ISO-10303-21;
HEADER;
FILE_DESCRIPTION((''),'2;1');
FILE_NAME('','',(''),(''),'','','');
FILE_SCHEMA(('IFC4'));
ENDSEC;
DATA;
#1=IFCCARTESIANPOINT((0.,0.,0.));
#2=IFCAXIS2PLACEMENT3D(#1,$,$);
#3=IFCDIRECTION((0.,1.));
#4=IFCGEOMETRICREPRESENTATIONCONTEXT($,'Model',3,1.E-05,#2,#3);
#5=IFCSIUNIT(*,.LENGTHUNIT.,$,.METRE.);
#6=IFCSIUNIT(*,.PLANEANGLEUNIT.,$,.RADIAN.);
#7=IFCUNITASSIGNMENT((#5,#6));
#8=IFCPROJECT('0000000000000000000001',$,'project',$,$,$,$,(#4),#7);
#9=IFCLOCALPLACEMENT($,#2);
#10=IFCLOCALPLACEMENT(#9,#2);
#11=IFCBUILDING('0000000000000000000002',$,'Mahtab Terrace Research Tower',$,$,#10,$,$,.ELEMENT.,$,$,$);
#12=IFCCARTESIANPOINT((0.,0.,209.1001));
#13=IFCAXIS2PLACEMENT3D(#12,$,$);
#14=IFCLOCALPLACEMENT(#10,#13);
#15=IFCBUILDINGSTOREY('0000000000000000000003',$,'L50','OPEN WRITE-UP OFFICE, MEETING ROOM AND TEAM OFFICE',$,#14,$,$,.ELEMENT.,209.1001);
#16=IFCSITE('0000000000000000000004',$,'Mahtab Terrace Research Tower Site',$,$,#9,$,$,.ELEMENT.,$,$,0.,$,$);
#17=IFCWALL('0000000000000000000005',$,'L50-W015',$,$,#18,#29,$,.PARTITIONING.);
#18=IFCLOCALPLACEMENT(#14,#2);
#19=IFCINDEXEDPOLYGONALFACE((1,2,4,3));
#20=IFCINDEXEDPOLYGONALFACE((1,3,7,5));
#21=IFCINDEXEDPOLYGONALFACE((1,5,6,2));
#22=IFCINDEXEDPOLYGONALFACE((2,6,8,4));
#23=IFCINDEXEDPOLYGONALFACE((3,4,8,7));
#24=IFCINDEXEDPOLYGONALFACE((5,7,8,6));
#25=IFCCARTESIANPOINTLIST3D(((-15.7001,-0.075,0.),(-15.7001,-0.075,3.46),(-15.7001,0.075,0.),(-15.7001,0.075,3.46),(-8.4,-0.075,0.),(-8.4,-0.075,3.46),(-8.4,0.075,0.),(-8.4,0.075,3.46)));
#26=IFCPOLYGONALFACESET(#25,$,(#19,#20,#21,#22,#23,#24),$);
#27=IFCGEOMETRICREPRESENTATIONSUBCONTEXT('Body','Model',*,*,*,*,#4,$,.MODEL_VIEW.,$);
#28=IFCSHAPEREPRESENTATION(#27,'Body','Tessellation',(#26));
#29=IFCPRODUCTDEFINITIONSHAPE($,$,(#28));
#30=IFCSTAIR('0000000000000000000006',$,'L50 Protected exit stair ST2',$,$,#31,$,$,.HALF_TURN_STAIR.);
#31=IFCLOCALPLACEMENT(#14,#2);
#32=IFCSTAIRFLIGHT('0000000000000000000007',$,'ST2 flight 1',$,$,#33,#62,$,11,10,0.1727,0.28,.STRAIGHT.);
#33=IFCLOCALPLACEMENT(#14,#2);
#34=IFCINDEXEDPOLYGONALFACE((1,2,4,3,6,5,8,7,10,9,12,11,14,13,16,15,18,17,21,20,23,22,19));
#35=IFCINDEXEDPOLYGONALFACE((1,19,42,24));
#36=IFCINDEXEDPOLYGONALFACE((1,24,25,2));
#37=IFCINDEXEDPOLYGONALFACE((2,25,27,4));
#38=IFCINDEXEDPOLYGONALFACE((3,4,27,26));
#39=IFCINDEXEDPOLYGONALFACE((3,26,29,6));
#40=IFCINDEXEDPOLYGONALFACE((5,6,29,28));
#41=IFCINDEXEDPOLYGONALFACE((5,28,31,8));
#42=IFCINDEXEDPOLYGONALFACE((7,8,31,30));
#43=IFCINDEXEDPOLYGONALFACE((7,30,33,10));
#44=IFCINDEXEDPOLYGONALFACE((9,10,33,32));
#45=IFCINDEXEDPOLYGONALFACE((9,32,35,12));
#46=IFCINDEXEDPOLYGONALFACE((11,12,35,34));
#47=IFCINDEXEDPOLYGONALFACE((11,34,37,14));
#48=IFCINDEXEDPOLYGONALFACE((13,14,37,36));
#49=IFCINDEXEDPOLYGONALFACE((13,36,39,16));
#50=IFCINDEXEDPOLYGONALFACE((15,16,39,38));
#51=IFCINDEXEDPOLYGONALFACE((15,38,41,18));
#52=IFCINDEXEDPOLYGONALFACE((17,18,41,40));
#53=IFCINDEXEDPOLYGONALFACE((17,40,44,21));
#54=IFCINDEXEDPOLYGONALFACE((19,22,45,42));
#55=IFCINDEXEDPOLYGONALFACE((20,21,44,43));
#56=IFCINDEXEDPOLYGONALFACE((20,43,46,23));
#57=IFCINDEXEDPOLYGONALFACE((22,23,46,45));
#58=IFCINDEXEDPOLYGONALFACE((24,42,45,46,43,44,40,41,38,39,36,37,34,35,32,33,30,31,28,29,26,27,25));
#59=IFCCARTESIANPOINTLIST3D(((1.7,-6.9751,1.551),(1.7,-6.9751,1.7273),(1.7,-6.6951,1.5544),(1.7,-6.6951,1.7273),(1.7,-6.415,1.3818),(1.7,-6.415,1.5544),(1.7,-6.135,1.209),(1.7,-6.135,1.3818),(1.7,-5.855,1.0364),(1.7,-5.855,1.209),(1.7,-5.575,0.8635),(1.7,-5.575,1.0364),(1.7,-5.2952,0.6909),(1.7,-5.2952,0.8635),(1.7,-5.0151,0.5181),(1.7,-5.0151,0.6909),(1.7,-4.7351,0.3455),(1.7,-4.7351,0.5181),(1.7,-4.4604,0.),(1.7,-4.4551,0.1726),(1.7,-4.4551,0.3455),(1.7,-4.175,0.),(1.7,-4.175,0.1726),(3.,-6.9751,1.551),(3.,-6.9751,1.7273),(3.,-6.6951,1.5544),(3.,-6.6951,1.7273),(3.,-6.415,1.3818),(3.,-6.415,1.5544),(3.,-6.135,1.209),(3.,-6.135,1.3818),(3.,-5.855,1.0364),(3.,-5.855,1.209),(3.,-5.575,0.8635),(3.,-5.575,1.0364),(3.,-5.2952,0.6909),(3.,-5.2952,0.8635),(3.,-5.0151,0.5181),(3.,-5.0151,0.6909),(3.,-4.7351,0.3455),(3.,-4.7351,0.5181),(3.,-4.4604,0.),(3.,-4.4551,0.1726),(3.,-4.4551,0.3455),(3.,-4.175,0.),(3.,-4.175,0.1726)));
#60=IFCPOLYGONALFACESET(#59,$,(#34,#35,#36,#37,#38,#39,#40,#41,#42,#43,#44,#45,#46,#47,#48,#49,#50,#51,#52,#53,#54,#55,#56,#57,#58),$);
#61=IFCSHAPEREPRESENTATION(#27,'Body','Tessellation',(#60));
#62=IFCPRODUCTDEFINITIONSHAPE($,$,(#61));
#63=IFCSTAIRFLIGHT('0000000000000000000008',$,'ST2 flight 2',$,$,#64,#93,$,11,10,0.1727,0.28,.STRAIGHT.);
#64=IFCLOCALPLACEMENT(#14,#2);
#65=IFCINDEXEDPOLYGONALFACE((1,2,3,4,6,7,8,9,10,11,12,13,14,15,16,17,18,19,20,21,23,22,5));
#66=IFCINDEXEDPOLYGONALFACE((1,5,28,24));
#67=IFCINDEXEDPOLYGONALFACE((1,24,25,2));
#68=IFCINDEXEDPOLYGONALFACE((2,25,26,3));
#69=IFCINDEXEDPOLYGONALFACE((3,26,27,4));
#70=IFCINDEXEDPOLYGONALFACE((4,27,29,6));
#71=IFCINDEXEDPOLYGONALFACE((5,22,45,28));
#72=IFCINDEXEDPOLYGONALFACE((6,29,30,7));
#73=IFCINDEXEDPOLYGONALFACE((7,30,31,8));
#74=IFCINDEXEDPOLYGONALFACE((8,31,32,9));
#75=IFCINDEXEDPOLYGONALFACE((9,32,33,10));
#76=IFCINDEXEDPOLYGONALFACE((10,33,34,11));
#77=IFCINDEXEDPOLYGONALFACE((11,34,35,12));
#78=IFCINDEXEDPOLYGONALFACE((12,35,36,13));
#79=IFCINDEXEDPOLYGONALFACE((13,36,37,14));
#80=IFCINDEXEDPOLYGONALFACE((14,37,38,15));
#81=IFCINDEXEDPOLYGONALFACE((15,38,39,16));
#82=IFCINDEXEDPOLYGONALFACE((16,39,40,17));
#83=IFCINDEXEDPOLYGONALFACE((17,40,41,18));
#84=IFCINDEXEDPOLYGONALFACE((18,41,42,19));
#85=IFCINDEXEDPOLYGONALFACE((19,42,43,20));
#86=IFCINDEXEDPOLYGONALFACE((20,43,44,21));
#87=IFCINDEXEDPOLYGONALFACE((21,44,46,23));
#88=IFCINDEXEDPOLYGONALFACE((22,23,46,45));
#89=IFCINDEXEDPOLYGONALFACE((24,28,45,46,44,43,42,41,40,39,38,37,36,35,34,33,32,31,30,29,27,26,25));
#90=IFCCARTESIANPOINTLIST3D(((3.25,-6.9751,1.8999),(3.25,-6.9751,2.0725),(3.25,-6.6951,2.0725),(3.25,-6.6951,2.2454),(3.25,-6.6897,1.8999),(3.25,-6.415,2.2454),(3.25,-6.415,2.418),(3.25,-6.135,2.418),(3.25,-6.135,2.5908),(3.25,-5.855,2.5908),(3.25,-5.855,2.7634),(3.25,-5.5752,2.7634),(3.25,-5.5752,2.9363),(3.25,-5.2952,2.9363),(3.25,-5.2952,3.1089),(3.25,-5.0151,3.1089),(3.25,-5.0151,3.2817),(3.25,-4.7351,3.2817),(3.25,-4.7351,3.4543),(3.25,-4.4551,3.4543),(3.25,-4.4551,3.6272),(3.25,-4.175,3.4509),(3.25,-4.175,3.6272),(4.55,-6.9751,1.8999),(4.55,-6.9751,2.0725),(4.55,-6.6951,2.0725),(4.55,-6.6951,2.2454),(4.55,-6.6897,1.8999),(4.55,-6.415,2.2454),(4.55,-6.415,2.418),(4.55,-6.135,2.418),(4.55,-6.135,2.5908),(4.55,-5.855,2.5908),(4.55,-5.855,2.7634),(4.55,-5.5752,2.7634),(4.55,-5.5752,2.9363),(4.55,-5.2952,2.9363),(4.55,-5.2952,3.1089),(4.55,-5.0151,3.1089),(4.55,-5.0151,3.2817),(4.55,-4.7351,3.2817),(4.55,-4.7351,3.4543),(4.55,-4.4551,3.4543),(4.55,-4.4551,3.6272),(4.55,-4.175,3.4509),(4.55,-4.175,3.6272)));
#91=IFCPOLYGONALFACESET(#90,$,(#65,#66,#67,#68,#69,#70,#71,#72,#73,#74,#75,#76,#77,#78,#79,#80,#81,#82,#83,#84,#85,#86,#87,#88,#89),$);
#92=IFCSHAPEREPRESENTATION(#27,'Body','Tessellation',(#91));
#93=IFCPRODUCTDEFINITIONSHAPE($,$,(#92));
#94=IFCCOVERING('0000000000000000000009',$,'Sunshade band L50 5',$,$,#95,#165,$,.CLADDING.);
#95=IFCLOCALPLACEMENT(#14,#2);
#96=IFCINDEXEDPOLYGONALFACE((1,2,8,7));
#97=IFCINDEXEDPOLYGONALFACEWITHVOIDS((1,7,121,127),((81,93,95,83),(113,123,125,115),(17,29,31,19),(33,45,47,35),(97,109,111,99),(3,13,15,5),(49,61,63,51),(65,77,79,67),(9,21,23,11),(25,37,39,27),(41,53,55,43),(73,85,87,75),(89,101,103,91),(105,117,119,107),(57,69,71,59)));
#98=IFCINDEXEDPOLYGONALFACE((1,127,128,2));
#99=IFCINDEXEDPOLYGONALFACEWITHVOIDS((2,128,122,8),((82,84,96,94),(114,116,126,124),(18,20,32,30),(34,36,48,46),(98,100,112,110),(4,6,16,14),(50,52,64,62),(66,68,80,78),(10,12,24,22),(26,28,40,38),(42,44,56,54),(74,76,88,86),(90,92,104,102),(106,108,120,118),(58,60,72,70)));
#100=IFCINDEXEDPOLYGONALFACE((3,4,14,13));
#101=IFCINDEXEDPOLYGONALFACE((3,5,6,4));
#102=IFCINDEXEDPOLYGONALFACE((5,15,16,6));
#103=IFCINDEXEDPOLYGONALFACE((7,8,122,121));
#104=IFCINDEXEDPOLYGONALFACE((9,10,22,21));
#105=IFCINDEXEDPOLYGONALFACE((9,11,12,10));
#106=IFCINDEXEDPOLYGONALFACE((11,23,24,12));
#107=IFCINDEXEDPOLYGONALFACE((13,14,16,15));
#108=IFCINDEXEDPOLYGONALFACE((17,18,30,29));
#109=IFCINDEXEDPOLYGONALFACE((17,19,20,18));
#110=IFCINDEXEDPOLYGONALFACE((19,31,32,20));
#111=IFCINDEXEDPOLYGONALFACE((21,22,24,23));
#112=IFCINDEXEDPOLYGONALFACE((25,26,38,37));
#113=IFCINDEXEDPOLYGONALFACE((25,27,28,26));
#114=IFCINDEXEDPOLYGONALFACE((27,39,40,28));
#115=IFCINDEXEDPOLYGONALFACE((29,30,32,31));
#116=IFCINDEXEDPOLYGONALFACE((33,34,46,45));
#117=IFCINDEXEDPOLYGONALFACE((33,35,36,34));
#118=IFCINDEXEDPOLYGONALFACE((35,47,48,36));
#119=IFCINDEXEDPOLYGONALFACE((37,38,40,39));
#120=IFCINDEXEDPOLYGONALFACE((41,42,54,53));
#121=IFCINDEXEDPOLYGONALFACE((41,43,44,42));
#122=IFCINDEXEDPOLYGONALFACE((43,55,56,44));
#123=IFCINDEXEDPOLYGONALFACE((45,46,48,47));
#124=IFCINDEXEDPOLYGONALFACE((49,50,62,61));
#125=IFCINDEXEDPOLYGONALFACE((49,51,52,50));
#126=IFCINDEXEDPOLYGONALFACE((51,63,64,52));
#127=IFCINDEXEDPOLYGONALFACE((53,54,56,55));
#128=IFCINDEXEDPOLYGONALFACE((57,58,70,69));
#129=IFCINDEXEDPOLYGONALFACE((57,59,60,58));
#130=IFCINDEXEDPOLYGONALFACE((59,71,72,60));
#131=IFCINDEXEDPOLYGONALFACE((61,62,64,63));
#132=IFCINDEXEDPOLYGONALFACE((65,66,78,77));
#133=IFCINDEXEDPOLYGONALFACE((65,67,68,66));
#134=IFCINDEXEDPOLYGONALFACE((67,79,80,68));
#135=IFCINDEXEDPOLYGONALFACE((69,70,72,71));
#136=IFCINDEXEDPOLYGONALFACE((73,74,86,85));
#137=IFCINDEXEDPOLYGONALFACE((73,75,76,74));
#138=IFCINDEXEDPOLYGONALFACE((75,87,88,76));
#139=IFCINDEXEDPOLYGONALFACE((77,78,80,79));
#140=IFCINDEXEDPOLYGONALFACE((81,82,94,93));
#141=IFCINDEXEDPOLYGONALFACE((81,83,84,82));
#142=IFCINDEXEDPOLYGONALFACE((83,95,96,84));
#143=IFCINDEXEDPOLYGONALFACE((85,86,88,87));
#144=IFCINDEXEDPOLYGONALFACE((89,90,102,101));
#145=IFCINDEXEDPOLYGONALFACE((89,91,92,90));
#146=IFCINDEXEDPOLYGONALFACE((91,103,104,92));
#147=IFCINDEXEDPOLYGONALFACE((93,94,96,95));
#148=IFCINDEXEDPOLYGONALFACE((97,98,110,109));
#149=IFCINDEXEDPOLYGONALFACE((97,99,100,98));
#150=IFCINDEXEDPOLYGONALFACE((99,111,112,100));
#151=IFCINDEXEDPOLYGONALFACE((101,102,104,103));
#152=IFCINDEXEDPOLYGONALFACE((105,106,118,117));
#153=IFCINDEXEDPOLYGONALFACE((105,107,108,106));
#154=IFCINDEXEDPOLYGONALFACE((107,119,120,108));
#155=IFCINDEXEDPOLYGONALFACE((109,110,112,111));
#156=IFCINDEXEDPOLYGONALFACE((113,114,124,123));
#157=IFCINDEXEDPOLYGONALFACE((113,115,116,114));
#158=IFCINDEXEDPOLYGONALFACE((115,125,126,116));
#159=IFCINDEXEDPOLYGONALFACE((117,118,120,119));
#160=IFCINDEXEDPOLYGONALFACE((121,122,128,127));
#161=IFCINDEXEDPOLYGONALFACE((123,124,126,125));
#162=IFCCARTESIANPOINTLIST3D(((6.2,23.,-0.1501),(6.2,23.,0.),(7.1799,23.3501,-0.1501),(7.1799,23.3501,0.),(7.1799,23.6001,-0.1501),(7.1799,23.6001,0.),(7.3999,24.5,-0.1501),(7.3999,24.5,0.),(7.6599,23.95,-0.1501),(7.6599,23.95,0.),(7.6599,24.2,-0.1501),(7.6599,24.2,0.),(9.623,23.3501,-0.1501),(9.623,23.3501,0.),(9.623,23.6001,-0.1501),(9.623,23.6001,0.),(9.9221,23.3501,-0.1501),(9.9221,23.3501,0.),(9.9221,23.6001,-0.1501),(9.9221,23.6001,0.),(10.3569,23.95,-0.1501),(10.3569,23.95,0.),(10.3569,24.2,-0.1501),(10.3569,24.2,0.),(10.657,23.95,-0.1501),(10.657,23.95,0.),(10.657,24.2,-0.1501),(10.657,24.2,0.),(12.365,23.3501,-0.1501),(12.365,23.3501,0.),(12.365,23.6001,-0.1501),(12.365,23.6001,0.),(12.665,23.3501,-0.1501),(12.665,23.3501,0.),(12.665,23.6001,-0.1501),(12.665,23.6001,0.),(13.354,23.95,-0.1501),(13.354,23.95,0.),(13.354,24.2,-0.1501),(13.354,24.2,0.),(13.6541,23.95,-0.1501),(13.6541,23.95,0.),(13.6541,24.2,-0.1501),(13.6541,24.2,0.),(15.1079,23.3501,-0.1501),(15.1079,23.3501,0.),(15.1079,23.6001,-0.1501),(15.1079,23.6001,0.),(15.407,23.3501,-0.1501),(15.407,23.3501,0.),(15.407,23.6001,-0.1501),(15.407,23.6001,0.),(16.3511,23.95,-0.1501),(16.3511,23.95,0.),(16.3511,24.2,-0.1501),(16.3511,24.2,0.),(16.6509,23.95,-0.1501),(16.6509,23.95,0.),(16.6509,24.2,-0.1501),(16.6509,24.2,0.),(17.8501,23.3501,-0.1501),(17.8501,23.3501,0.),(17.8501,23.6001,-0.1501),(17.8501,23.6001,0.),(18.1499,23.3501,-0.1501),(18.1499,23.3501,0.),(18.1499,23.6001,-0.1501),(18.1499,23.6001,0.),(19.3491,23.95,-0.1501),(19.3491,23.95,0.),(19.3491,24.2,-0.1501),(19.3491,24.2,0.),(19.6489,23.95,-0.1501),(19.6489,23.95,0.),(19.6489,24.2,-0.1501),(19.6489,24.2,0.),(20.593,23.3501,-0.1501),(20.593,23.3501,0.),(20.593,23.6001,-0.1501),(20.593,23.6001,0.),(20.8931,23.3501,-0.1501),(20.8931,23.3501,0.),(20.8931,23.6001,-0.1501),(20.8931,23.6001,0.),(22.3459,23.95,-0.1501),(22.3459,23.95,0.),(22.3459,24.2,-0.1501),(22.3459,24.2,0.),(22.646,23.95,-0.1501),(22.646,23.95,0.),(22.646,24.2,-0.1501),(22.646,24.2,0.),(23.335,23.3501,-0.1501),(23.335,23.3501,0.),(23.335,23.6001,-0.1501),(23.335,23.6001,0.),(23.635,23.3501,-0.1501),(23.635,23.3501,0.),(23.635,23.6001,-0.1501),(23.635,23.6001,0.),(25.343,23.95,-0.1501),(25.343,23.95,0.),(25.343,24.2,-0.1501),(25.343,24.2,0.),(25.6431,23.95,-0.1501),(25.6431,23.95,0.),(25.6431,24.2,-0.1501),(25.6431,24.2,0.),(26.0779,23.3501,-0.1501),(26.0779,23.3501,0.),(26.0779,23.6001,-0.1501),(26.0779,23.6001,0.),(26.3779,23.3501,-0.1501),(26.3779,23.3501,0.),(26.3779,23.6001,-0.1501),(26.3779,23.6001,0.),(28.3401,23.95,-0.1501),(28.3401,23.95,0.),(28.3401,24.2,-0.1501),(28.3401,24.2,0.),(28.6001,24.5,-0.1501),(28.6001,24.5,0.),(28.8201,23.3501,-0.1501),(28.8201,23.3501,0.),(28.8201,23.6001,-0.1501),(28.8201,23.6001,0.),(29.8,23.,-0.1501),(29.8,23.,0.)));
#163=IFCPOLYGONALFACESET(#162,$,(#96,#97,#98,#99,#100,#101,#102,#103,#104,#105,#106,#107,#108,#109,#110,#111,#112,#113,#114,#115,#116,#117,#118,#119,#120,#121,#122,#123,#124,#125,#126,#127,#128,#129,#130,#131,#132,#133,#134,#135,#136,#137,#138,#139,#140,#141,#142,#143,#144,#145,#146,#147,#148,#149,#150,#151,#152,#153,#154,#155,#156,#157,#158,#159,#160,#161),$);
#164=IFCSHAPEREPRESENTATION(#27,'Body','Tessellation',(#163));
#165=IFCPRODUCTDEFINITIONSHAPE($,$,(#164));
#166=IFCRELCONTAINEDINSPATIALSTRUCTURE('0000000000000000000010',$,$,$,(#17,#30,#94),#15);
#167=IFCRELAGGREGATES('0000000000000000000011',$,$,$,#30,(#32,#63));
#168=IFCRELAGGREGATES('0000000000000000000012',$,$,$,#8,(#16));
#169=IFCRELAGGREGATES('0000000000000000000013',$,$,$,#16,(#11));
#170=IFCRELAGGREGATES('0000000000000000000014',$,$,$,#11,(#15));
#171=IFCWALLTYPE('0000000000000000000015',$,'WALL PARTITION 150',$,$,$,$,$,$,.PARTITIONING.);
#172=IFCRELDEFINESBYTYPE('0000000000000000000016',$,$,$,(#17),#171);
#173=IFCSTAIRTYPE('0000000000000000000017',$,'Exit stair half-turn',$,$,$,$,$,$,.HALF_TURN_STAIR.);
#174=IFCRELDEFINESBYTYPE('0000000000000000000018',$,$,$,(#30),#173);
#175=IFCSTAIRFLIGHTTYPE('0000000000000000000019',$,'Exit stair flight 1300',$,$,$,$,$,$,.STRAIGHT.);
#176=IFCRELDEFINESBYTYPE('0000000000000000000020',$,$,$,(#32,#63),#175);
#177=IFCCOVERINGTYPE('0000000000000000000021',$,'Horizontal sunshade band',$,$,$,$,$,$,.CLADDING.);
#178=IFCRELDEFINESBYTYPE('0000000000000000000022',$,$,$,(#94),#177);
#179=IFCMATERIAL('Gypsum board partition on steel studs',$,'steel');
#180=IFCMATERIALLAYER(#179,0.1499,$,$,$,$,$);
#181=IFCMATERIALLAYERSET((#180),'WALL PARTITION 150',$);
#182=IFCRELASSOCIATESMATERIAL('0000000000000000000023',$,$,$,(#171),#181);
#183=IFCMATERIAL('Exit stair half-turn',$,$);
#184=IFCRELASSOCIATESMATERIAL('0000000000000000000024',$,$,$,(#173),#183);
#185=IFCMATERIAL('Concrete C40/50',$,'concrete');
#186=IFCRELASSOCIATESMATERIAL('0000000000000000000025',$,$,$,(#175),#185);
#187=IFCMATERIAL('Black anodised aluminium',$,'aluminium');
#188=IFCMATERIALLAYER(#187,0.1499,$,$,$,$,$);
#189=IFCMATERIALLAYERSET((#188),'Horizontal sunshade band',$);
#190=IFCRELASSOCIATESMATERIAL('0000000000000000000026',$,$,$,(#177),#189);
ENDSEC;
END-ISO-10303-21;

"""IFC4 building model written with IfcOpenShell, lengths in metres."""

from ifc_helpers import new_model, si_unit, direction, frame, frame_2d, origin, place, context, subcontext, project, spatial, polyline, rectangle, outline, extrude, material, layer, layer_set, type_object, element, aggregate, save


model = new_model("IFC4")

# Units and contexts
model_context = context("Model", 3, precision=1e-05, world=origin(), true_north=direction((0.0, 1.0)))
body_context = subcontext(model_context, "Body", "Model", "MODEL_VIEW")
ifc_project = project(units=[si_unit("LENGTHUNIT", "METRE"), si_unit("PLANEANGLEUNIT", "RADIAN")], contexts=[model_context])

# Site, building, storey
site_placement = place(None, origin())
site = spatial("IfcSite", under=ifc_project, at=site_placement, Name="Mahtab Terrace Research Tower Site", CompositionType="ELEMENT", RefElevation=0.0)
building_placement = place(site_placement, origin())
building = spatial("IfcBuilding", under=site, at=building_placement, Name="Mahtab Terrace Research Tower", CompositionType="ELEMENT")
storey_placement = place(building_placement, frame((0.0, 0.0, 209.1001)))
storey = spatial("IfcBuildingStorey", under=building, at=storey_placement, Name="L50", Description="OPEN WRITE-UP OFFICE, MEETING ROOM AND TEAM OFFICE", CompositionType="ELEMENT", Elevation=209.1001)

# Shared definitions
ifc_material_1 = material(Name="Concrete C40/50", Category="concrete")

# Wall
ifc_material_2 = material(Name="Gypsum board partition on steel studs", Category="steel")
ifc_layer_1 = layer(ifc_material_2, 0.1499)
ifc_layer_set_1 = layer_set([ifc_layer_1], Name="WALL PARTITION 150")
wall_type_1 = type_object("IfcWallType", Name="WALL PARTITION 150", PredefinedType="PARTITIONING", material=ifc_layer_set_1)
wall_placement = place(storey_placement, frame((-15.7, 0.0, 0.0), z_axis=(0.0, 0.0, 1.0), x_axis=(1.0, 0.0, 0.0)))
element("IfcWall", 1, at=wall_placement, inside=storey, type_object=wall_type_1, Name="L50-W015", PredefinedType="PARTITIONING", context=body_context, shape_type="SweptSolid", body=[
    extrude(rectangle(XDim=7.3, YDim=0.1499, at=frame_2d((3.6499, 0.0))), origin(), (0.0, 0.0, 1.0), 3.46),
])

# Stair, stair flights
ifc_material_3 = material(Name="Exit stair half-turn")
stair_type = type_object("IfcStairType", Name="Exit stair half-turn", PredefinedType="HALF_TURN_STAIR", material=ifc_material_3)
stair_placement = place(storey_placement, origin())
stair = element("IfcStair", 2, at=stair_placement, inside=storey, type_object=stair_type, Name="L50 Protected exit stair ST2", PredefinedType="HALF_TURN_STAIR")
stair_flight_type = type_object("IfcStairFlightType", Name="Exit stair flight 1300", PredefinedType="STRAIGHT", material=ifc_material_1)
stair_flight_1_placement = place(storey_placement, frame((2.3501, -4.175, 0.0), z_axis=(0.0, 0.0, 1.0), x_axis=(0.0, -1.0, 0.0)))
stair_flight_1 = element("IfcStairFlight", 3, at=stair_flight_1_placement, type_object=stair_flight_type, Name="ST2 flight 1", NumberOfRisers=11, NumberOfTreads=10, PredefinedType="STRAIGHT", RiserHeight=0.1727, TreadLength=0.28, context=body_context, shape_type="SweptSolid", body=[
    extrude(outline(polyline([(0.0, 0.0), (0.0, 0.1726), (0.28, 0.1726), (0.28, 0.3455), (0.5601, 0.3455), (0.5601, 0.5181), (0.8401, 0.5181), (0.8401, 0.6909), (1.1201, 0.6909), (1.1201, 0.8635), (1.3999, 0.8635), (1.3999, 1.0364), (1.6799, 1.0364), (1.6799, 1.209), (1.96, 1.209), (1.96, 1.3818), (2.24, 1.3818), (2.24, 1.5544), (2.52, 1.5544), (2.52, 1.7273), (2.8, 1.7273), (2.8, 1.8999), (2.8, 1.551), (0.2854, 0.0), (0.0, 0.0)])), frame((0.0, 0.6499, 0.0), z_axis=(0.0, -1.0, 0.0), x_axis=(1.0, 0.0, 0.0)), (0.0, 0.0, 1.0), 1.3),
])
stair_flight_2_placement = place(storey_placement, frame((3.8999, -6.9751, 1.8999), z_axis=(0.0, 0.0, 1.0), x_axis=(0.0, 1.0, 0.0)))
stair_flight_2 = element("IfcStairFlight", 4, at=stair_flight_2_placement, type_object=stair_flight_type, Name="ST2 flight 2", NumberOfRisers=11, NumberOfTreads=10, PredefinedType="STRAIGHT", RiserHeight=0.1727, TreadLength=0.28, context=body_context, shape_type="SweptSolid", body=[
    extrude(outline(polyline([(0.0, 0.0), (0.0, 0.1726), (0.28, 0.1726), (0.28, 0.3455), (0.5601, 0.3455), (0.5601, 0.5181), (0.8401, 0.5181), (0.8401, 0.6909), (1.1201, 0.6909), (1.1201, 0.8635), (1.3999, 0.8635), (1.3999, 1.0364), (1.6799, 1.0364), (1.6799, 1.209), (1.96, 1.209), (1.96, 1.3818), (2.24, 1.3818), (2.24, 1.5544), (2.52, 1.5544), (2.52, 1.7273), (2.8, 1.7273), (2.8, 1.8999), (2.8, 1.551), (0.2854, 0.0), (0.0, 0.0)])), frame((0.0, 0.6499, 0.0), z_axis=(0.0, -1.0, 0.0), x_axis=(1.0, 0.0, 0.0)), (0.0, 0.0, 1.0), 1.3),
])
aggregate(stair, [stair_flight_1, stair_flight_2])

# Covering
ifc_material_4 = material(Name="Black anodised aluminium", Category="aluminium")
ifc_layer_2 = layer(ifc_material_4, 0.1499)
ifc_layer_set_2 = layer_set([ifc_layer_2], Name="Horizontal sunshade band")
covering_type = type_object("IfcCoveringType", Name="Horizontal sunshade band", PredefinedType="CLADDING", material=ifc_layer_set_2)
covering_1_placement = place(storey_placement, frame((0.0, 0.0, -0.1501)))
element("IfcCovering", 5, at=covering_1_placement, inside=storey, type_object=covering_type, Name="Sunshade band L50 5", PredefinedType="CLADDING", context=body_context, shape_type="SweptSolid", body=[
    extrude(outline(polyline([(29.8, 23.0), (6.2, 23.0), (7.3999, 24.5), (28.6001, 24.5), (29.8, 23.0)]), holes=[polyline([(28.8201, 23.3501), (26.3779, 23.3501), (26.3779, 23.6001), (28.8201, 23.6001), (28.8201, 23.3501)]), polyline([(26.0779, 23.3501), (23.635, 23.3501), (23.635, 23.6001), (26.0779, 23.6001), (26.0779, 23.3501)]), polyline([(23.335, 23.3501), (20.8931, 23.3501), (20.8931, 23.6001), (23.335, 23.6001), (23.335, 23.3501)]), polyline([(20.593, 23.3501), (18.1499, 23.3501), (18.1499, 23.6001), (20.593, 23.6001), (20.593, 23.3501)]), polyline([(17.8501, 23.3501), (15.407, 23.3501), (15.407, 23.6001), (17.8501, 23.6001), (17.8501, 23.3501)]), polyline([(15.1079, 23.3501), (12.665, 23.3501), (12.665, 23.6001), (15.1079, 23.6001), (15.1079, 23.3501)]), polyline([(12.365, 23.3501), (9.9221, 23.3501), (9.9221, 23.6001), (12.365, 23.6001), (12.365, 23.3501)]), polyline([(9.623, 23.3501), (7.1799, 23.3501), (7.1799, 23.6001), (9.623, 23.6001), (9.623, 23.3501)]), polyline([(28.3401, 23.95), (25.6431, 23.95), (25.6431, 24.2), (28.3401, 24.2), (28.3401, 23.95)]), polyline([(25.343, 23.95), (22.646, 23.95), (22.646, 24.2), (25.343, 24.2), (25.343, 23.95)]), polyline([(22.3459, 23.95), (19.6489, 23.95), (19.6489, 24.2), (22.3459, 24.2), (22.3459, 23.95)]), polyline([(19.3491, 23.95), (16.6509, 23.95), (16.6509, 24.2), (19.3491, 24.2), (19.3491, 23.95)]), polyline([(16.3511, 23.95), (13.6541, 23.95), (13.6541, 24.2), (16.3511, 24.2), (16.3511, 23.95)]), polyline([(13.354, 23.95), (10.657, 23.95), (10.657, 24.2), (13.354, 24.2), (13.354, 23.95)]), polyline([(10.3569, 23.95), (7.6599, 23.95), (7.6599, 24.2), (10.3569, 24.2), (10.3569, 23.95)])]), origin(), (0.0, 0.0, 1.0), 0.1501),
])

save(model, "model.ifc")
